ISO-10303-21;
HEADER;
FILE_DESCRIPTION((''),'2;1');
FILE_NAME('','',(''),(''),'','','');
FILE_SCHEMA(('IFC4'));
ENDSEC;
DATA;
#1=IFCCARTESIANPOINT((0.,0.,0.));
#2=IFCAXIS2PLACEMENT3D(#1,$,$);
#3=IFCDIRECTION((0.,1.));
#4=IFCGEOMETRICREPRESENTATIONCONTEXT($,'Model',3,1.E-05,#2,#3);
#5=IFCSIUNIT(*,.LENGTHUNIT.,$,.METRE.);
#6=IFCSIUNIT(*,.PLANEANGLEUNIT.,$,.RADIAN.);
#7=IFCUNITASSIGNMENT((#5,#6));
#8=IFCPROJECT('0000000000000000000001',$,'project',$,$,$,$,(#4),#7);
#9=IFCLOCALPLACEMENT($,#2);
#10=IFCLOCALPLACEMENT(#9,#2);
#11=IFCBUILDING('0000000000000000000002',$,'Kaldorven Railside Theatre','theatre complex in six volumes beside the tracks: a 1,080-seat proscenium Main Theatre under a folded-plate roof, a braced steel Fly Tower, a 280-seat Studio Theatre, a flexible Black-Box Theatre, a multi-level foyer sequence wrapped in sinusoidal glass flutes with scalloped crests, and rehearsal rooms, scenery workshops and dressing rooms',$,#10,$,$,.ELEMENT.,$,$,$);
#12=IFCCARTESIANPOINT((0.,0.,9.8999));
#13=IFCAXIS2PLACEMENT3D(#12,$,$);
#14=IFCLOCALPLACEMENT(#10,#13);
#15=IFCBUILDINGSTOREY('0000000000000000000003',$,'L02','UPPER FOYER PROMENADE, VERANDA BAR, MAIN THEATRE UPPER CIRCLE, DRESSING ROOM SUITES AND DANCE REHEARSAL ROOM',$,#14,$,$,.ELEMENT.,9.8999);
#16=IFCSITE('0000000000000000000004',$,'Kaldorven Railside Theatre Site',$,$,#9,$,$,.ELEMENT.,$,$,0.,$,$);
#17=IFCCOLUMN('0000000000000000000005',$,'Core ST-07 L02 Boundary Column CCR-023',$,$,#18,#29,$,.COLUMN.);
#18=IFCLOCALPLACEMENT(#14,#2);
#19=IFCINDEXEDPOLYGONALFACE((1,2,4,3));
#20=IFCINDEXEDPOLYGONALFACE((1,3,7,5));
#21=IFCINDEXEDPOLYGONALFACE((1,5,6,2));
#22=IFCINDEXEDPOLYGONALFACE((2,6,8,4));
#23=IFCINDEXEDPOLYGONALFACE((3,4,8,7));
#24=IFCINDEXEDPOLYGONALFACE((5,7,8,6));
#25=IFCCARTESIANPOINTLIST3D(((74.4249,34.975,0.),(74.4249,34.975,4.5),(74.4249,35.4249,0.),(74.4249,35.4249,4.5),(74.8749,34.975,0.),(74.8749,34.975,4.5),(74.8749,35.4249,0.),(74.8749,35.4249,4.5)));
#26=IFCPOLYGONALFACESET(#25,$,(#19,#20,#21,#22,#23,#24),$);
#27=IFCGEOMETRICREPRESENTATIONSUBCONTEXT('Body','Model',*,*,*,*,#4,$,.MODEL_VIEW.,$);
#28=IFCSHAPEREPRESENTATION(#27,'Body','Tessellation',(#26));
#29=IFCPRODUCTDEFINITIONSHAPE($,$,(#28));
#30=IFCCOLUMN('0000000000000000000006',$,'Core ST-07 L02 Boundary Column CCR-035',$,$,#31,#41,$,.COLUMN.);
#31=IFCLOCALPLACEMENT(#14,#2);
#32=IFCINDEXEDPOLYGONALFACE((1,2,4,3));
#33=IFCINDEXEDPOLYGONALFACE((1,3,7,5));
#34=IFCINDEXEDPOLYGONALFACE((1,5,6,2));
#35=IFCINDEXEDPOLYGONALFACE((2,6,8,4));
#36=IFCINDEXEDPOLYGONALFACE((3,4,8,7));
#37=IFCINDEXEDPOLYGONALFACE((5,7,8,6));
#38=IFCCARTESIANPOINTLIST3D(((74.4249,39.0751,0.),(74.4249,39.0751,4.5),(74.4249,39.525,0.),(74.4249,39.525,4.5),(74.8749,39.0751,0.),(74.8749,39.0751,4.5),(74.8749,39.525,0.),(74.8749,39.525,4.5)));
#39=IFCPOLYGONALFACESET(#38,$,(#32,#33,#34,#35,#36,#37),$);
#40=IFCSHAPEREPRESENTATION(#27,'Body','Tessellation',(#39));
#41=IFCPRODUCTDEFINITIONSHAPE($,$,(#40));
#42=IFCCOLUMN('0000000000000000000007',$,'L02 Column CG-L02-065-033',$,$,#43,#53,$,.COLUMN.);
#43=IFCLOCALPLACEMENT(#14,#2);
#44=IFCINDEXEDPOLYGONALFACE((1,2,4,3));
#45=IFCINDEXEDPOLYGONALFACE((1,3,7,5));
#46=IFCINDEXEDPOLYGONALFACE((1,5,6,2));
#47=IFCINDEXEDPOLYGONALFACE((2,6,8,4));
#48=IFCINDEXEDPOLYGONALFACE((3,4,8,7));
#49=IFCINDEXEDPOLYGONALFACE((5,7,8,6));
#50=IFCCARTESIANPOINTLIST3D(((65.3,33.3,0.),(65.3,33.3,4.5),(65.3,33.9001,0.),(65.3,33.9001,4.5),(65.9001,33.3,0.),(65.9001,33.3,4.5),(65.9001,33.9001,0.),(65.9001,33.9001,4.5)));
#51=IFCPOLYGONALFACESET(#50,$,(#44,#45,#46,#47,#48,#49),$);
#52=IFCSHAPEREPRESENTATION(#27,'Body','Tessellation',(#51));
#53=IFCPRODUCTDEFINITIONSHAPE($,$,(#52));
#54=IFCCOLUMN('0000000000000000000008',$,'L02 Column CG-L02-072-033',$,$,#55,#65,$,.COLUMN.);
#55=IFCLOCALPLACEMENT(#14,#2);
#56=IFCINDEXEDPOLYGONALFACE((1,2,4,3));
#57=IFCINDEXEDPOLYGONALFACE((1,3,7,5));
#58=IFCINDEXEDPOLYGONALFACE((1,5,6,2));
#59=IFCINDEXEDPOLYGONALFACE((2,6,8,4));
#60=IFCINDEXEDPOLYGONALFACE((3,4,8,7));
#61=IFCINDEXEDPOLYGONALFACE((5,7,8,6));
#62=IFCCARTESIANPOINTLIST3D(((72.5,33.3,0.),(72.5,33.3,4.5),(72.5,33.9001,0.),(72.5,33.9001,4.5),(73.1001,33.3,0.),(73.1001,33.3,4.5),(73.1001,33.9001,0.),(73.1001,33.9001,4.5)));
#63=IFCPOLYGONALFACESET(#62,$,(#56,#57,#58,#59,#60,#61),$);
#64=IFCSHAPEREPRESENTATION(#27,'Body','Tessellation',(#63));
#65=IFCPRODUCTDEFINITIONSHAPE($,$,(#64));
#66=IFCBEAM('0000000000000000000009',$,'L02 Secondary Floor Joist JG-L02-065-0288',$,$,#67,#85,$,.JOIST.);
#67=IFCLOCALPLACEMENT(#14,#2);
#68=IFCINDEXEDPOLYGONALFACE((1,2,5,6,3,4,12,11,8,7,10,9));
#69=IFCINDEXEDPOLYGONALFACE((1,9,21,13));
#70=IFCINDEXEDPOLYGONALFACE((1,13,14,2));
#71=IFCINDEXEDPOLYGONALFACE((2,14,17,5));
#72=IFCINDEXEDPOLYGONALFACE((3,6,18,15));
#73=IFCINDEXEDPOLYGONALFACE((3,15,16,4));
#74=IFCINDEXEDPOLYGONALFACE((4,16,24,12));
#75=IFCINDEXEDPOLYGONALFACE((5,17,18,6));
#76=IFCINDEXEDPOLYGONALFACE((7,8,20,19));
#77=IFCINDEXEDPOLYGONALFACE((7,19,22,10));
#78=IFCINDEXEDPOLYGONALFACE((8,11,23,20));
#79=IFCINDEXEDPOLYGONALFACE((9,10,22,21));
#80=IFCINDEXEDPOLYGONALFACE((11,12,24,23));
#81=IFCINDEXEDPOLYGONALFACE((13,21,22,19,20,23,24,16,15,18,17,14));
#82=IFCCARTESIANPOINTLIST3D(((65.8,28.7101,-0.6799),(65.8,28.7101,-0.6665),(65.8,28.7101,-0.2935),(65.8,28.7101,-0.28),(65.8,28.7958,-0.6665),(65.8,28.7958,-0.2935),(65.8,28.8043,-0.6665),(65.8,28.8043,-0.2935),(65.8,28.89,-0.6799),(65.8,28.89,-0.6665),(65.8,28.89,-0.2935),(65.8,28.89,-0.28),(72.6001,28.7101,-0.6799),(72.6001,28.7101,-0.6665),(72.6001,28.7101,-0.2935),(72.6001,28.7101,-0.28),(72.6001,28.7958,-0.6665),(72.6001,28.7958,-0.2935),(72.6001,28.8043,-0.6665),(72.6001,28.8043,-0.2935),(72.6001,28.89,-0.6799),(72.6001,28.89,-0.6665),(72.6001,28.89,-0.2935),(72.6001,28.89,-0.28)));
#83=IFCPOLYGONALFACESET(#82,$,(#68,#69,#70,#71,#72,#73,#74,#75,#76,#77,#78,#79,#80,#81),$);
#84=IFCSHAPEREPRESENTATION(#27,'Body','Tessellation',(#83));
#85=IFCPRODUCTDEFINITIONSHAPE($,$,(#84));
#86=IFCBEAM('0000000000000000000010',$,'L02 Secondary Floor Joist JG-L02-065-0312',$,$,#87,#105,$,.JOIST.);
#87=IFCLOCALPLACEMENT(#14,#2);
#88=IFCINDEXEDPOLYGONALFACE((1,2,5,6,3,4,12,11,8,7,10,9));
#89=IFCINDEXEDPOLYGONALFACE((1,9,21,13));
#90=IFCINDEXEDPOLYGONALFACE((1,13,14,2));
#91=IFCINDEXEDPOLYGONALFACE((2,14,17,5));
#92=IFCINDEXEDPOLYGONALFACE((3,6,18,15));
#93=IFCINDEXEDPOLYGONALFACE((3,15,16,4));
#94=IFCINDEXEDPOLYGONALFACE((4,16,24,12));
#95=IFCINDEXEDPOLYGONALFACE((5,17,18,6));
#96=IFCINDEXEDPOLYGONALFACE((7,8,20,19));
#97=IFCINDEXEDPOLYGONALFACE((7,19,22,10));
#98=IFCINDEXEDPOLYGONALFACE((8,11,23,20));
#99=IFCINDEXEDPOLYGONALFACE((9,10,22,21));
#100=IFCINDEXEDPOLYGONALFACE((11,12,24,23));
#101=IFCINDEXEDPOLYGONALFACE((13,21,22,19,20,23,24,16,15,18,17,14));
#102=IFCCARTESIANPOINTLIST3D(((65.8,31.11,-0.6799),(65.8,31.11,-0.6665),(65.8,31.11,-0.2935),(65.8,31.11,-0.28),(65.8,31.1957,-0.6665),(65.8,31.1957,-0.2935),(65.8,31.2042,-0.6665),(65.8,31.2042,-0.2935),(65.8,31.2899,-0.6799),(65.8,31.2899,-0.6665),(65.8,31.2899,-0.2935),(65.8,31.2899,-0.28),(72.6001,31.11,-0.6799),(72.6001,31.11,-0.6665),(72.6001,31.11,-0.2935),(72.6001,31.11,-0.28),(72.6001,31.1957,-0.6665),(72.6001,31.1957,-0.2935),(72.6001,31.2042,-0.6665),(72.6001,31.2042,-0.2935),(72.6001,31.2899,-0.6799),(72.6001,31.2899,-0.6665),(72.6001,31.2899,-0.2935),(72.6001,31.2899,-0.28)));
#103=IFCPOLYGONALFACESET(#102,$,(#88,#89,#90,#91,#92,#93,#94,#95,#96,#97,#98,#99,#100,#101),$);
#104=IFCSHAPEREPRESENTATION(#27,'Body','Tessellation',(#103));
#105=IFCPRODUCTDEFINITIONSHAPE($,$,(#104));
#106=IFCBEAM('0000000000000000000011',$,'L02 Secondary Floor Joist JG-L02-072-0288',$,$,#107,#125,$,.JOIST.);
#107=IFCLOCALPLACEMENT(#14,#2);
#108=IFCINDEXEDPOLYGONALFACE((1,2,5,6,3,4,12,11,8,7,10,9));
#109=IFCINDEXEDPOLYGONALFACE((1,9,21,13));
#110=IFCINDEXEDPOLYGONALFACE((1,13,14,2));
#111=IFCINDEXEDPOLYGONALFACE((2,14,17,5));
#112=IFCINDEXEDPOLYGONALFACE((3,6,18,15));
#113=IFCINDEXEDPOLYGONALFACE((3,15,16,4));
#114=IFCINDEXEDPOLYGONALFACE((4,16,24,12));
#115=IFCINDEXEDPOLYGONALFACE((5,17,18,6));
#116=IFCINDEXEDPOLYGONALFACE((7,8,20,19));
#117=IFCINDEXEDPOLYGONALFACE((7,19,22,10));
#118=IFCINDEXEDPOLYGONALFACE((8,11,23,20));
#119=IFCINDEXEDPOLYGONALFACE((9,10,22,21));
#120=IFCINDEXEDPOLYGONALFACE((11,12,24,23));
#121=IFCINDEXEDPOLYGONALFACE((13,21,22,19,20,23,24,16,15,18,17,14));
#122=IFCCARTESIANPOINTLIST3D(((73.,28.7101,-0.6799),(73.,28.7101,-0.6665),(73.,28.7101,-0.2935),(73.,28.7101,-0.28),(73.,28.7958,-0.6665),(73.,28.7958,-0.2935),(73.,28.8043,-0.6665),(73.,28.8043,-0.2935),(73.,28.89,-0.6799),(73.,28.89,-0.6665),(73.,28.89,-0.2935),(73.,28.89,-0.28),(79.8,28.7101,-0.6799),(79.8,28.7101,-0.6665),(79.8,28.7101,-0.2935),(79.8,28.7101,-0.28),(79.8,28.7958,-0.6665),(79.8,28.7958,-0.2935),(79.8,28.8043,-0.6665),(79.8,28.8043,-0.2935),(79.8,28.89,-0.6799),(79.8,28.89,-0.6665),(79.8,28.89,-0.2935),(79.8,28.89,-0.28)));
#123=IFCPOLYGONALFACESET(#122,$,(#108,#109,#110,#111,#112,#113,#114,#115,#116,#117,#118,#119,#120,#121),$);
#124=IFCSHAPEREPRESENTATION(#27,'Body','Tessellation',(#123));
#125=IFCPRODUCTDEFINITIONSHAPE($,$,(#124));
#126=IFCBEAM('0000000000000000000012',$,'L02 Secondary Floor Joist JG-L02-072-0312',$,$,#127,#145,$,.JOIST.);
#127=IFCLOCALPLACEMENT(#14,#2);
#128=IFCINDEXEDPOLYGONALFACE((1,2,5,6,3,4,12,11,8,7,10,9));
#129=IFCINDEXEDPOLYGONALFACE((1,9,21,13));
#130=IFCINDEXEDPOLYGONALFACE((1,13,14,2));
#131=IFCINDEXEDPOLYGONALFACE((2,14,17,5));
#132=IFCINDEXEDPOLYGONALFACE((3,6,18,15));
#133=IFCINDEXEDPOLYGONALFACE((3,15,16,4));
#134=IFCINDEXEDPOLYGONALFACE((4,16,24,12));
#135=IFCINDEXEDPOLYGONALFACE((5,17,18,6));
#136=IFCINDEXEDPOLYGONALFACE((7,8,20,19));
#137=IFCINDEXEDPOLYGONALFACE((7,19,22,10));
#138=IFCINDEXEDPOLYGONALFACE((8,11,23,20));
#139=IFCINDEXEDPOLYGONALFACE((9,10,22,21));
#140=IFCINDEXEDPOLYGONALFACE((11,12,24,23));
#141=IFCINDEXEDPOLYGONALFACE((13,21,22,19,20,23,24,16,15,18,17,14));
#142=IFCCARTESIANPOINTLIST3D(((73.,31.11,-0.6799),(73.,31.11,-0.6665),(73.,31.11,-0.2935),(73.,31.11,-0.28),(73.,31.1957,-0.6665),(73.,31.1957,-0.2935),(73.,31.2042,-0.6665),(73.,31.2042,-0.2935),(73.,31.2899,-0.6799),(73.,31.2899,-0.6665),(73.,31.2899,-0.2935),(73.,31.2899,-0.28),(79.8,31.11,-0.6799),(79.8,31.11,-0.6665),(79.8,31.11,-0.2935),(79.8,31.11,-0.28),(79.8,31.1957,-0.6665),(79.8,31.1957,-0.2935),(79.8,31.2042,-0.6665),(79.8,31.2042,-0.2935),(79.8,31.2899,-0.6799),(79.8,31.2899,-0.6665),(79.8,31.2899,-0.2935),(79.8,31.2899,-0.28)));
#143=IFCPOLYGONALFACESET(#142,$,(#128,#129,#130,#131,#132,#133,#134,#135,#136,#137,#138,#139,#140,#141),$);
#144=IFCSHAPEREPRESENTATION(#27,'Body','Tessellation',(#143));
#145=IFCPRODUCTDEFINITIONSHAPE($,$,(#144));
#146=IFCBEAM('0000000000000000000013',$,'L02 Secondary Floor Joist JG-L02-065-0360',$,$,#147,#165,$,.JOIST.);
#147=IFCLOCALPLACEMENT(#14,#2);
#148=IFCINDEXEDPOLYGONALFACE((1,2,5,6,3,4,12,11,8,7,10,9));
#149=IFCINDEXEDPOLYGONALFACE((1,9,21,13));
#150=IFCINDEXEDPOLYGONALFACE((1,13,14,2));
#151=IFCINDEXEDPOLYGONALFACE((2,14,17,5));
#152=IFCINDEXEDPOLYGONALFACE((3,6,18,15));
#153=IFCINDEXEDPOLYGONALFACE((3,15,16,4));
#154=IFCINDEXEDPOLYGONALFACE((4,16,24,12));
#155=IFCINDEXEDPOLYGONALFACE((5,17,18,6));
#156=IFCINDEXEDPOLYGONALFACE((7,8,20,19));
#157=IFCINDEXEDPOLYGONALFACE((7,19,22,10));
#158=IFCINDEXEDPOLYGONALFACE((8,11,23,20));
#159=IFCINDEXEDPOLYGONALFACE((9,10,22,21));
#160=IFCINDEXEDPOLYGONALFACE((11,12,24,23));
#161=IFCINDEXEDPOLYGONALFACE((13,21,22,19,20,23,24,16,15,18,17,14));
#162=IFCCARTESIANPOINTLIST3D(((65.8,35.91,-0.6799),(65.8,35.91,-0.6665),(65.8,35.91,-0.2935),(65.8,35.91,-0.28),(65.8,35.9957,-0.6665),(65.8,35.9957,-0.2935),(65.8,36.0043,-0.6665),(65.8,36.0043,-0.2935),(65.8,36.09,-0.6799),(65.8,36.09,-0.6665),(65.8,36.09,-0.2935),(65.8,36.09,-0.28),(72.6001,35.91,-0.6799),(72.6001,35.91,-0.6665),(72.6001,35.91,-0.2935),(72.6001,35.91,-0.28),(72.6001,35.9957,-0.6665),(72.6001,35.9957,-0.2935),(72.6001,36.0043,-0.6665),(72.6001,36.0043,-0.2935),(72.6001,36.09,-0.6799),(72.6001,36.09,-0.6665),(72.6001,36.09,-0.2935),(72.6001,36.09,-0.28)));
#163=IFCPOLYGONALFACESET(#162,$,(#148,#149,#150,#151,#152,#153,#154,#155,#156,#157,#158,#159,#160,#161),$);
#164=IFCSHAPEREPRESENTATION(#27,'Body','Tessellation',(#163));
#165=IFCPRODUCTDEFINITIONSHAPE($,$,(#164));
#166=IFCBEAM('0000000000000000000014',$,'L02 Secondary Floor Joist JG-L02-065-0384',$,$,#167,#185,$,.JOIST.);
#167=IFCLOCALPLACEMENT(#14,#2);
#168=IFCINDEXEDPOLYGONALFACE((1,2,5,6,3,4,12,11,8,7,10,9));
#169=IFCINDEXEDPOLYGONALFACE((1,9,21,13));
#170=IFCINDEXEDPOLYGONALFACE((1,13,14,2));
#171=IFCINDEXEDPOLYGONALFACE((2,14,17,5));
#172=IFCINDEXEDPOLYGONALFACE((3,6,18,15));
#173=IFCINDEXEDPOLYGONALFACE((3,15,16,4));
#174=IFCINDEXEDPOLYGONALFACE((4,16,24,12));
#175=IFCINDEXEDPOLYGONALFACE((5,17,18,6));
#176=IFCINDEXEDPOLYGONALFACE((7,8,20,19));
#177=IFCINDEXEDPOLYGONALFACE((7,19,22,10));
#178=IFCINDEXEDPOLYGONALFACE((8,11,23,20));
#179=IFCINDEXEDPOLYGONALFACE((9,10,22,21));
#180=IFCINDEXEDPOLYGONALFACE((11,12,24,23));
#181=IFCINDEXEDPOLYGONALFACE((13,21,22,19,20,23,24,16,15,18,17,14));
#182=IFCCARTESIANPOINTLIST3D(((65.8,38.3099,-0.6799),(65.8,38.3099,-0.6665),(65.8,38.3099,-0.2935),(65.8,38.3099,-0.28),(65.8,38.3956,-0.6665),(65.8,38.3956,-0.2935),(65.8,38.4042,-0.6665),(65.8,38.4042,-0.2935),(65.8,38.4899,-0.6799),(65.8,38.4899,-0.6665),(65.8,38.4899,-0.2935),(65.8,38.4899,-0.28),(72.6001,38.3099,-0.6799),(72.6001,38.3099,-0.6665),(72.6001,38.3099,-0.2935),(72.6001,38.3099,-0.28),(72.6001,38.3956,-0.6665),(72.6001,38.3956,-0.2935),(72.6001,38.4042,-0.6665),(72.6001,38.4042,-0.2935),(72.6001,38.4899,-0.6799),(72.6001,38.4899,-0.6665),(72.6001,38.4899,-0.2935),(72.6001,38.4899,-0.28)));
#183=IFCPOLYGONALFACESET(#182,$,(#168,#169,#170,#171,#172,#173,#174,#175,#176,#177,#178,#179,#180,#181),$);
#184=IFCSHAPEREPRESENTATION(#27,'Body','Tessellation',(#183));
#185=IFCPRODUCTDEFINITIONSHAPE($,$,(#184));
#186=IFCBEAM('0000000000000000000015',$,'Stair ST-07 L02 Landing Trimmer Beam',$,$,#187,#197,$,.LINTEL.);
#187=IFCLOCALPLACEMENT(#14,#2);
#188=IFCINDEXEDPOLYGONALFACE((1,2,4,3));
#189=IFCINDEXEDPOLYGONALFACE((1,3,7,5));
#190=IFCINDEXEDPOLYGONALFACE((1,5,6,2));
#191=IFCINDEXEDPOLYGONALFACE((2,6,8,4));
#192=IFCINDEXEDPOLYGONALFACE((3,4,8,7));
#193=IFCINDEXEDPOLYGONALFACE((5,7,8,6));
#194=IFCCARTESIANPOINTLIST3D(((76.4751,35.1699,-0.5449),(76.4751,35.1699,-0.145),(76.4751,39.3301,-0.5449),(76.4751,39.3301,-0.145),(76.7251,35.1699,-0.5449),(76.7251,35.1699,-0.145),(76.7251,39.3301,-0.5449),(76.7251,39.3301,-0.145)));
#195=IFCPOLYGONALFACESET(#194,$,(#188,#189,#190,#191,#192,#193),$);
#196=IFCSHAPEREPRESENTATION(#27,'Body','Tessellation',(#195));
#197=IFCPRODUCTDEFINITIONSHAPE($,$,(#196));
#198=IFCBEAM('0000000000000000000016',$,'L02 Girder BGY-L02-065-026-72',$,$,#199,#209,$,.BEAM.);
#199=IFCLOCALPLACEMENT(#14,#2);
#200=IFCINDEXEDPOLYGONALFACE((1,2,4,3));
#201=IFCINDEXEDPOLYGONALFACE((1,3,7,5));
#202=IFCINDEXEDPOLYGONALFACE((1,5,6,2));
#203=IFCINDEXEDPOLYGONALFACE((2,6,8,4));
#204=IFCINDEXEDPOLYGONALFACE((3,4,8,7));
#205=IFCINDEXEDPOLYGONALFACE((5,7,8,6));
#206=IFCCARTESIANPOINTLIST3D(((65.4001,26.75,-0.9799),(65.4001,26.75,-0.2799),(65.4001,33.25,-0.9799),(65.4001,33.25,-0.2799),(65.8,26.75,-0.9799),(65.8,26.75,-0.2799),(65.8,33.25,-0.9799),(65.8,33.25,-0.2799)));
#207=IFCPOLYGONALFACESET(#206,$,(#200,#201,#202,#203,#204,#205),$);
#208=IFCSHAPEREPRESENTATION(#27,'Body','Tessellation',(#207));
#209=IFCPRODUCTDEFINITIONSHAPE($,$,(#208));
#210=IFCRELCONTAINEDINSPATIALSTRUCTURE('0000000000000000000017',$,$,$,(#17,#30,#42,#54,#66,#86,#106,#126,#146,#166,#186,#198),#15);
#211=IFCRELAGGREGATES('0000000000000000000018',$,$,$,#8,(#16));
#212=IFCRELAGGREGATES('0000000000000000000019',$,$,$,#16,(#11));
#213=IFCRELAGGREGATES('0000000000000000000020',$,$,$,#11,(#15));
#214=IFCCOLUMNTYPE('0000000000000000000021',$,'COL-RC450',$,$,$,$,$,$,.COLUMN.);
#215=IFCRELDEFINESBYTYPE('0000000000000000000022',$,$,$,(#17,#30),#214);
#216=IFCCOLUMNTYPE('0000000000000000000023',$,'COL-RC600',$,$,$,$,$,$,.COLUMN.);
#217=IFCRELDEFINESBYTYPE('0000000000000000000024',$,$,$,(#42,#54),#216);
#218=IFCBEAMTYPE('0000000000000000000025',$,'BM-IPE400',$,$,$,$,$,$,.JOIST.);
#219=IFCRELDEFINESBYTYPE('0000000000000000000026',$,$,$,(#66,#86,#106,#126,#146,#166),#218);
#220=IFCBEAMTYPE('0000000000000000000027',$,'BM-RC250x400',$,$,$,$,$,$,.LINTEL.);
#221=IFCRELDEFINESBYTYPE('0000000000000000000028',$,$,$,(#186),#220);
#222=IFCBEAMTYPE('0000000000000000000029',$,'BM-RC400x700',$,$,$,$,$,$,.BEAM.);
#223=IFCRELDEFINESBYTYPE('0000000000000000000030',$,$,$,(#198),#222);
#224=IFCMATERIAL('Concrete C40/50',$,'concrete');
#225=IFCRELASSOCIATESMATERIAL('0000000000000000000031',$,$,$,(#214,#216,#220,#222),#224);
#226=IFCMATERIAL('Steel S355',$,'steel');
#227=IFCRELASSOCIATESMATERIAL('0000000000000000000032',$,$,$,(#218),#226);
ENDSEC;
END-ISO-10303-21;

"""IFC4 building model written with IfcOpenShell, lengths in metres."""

from ifc_helpers import new_model, si_unit, direction, frame, origin, origin_2d, place, context, subcontext, project, spatial, rectangle, i_section, extrude, material, material_profile, profile_set, type_object, element, save


model = new_model("IFC4")

# Units and contexts
model_context = context("Model", 3, precision=1e-05, world=origin(), true_north=direction((0.0, 1.0)))
body_context = subcontext(model_context, "Body", "Model", "MODEL_VIEW")
ifc_project = project(units=[si_unit("LENGTHUNIT", "METRE"), si_unit("PLANEANGLEUNIT", "RADIAN")], contexts=[model_context])

# Site, building, storey
site_placement = place(None, origin())
site = spatial("IfcSite", under=ifc_project, at=site_placement, Name="Kaldorven Railside Theatre Site", CompositionType="ELEMENT", RefElevation=0.0)
building_placement = place(site_placement, origin())
building = spatial("IfcBuilding", under=site, at=building_placement, Name="Kaldorven Railside Theatre", Description="theatre complex in six volumes beside the tracks: a 1,080-seat proscenium Main Theatre under a folded-plate roof, a braced steel Fly Tower, a 280-seat Studio Theatre, a flexible Black-Box Theatre, a multi-level foyer sequence wrapped in sinusoidal glass flutes with scalloped crests, and rehearsal rooms, scenery workshops and dressing rooms", CompositionType="ELEMENT")
storey_placement = place(building_placement, frame((0.0, 0.0, 9.8999)))
storey = spatial("IfcBuildingStorey", under=building, at=storey_placement, Name="L02", Description="UPPER FOYER PROMENADE, VERANDA BAR, MAIN THEATRE UPPER CIRCLE, DRESSING ROOM SUITES AND DANCE REHEARSAL ROOM", CompositionType="ELEMENT", Elevation=9.8999)

# Columns
ifc_material_1 = material(Name="Concrete C40/50", Category="concrete")
ifc_material_profile_1 = material_profile(ifc_material_1, rectangle(XDim=0.45, YDim=0.45, at=origin_2d()), Name="RC 450x450")
ifc_profile_set_1 = profile_set([ifc_material_profile_1], Name="Concrete C40/50")
column_type_1 = type_object("IfcColumnType", Name="COL-RC450", PredefinedType="COLUMN", material=ifc_profile_set_1)
for number, where, z_axis, x_axis, name in (
    (1, (74.6499, 35.2, 0.0), (0.0, 0.0, 1.0), (1.0, 0.0, 0.0), "Core ST-07 L02 Boundary Column CCR-023"),
    (2, (74.6499, 39.3, 0.0), (0.0, 0.0, 1.0), (1.0, 0.0, 0.0), "Core ST-07 L02 Boundary Column CCR-035"),
):
    element("IfcColumn", number, at=place(storey_placement, frame(where, z_axis=z_axis, x_axis=x_axis)), inside=storey, type_object=column_type_1, Name=name, PredefinedType="COLUMN", context=body_context, shape_type="SweptSolid", body=[
        extrude(rectangle(XDim=0.45, YDim=0.45, at=origin_2d()), origin(), (0.0, 0.0, 1.0), 4.5),
    ])
ifc_material_profile_2 = material_profile(ifc_material_1, rectangle(XDim=0.6001, YDim=0.6001, at=origin_2d()), Name="RC 600x600")
ifc_profile_set_2 = profile_set([ifc_material_profile_2], Name="Concrete C40/50")
column_type_2 = type_object("IfcColumnType", Name="COL-RC600", PredefinedType="COLUMN", material=ifc_profile_set_2)
for number, where, z_axis, x_axis, name in (
    (3, (65.6001, 33.6001, 0.0), (0.0, 0.0, 1.0), (0.0, 1.0, 0.0), "L02 Column CG-L02-065-033"),
    (4, (72.8, 33.6001, 0.0), (0.0, 0.0, 1.0), (1.0, 0.0, 0.0), "L02 Column CG-L02-072-033"),
):
    element("IfcColumn", number, at=place(storey_placement, frame(where, z_axis=z_axis, x_axis=x_axis)), inside=storey, type_object=column_type_2, Name=name, PredefinedType="COLUMN", context=body_context, shape_type="SweptSolid", body=[
        extrude(rectangle(XDim=0.6001, YDim=0.6001, at=origin_2d()), origin(), (0.0, 0.0, 1.0), 4.5),
    ])

# Beams
ifc_material_2 = material(Name="Steel S355", Category="steel")
ifc_material_profile_3 = material_profile(ifc_material_2, i_section(OverallWidth=0.1799, OverallDepth=0.3999, WebThickness=0.0085, FlangeThickness=0.0134, at=origin_2d()), Name="IPE 400")
ifc_profile_set_3 = profile_set([ifc_material_profile_3], Name="Steel S355")
beam_type_1 = type_object("IfcBeamType", Name="BM-IPE400", PredefinedType="JOIST", material=ifc_profile_set_3)
for number, where, z_axis, x_axis, name in (
    (5, (65.8, 28.8, -0.48), (1.0, 0.0, 0.0), (0.0, 1.0, 0.0), "L02 Secondary Floor Joist JG-L02-065-0288"),
    (6, (65.8, 31.2, -0.48), (1.0, 0.0, 0.0), (0.0, 1.0, 0.0), "L02 Secondary Floor Joist JG-L02-065-0312"),
    (7, (73.0, 28.8, -0.48), (1.0, 0.0, 0.0), (0.0, 1.0, 0.0), "L02 Secondary Floor Joist JG-L02-072-0288"),
    (8, (73.0, 31.2, -0.48), (1.0, 0.0, 0.0), (0.0, 1.0, 0.0), "L02 Secondary Floor Joist JG-L02-072-0312"),
    (9, (65.8, 36.0, -0.48), (1.0, 0.0, 0.0), (0.0, 1.0, 0.0), "L02 Secondary Floor Joist JG-L02-065-0360"),
    (10, (65.8, 38.3999, -0.48), (1.0, 0.0, 0.0), (0.0, 1.0, 0.0), "L02 Secondary Floor Joist JG-L02-065-0384"),
):
    element("IfcBeam", number, at=place(storey_placement, frame(where, z_axis=z_axis, x_axis=x_axis)), inside=storey, type_object=beam_type_1, Name=name, PredefinedType="JOIST", context=body_context, shape_type="SweptSolid", body=[
        extrude(i_section(OverallWidth=0.1799, OverallDepth=0.3999, WebThickness=0.0085, FlangeThickness=0.0134, at=origin_2d()), origin(), (0.0, 0.0, 1.0), 6.8),
    ])
ifc_material_profile_4 = material_profile(ifc_material_1, rectangle(XDim=0.25, YDim=0.3999, at=origin_2d()), Name="RC 250x400")
ifc_profile_set_4 = profile_set([ifc_material_profile_4], Name="Concrete C40/50")
beam_type_2 = type_object("IfcBeamType", Name="BM-RC250x400", PredefinedType="LINTEL", material=ifc_profile_set_4)
beam_placement = place(storey_placement, frame((76.6001, 35.1699, -0.345), z_axis=(0.0, 1.0, 0.0), x_axis=(-1.0, 0.0, 0.0)))
element("IfcBeam", 11, at=beam_placement, inside=storey, type_object=beam_type_2, Name="Stair ST-07 L02 Landing Trimmer Beam", PredefinedType="LINTEL", context=body_context, shape_type="SweptSolid", body=[
    extrude(rectangle(XDim=0.25, YDim=0.3999, at=origin_2d()), origin(), (0.0, 0.0, 1.0), 4.1602),
])
ifc_material_profile_5 = material_profile(ifc_material_1, rectangle(XDim=0.3999, YDim=0.7, at=origin_2d()), Name="RC 400x700")
ifc_profile_set_5 = profile_set([ifc_material_profile_5], Name="Concrete C40/50")
beam_type_3 = type_object("IfcBeamType", Name="BM-RC400x700", PredefinedType="BEAM", material=ifc_profile_set_5)
for number, where, z_axis, x_axis, name in (
    (12, (65.6001, 26.75, -0.6299), (0.0, 1.0, 0.0), (-1.0, 0.0, 0.0), "L02 Girder BGY-L02-065-026-72"),
):
    element("IfcBeam", number, at=place(storey_placement, frame(where, z_axis=z_axis, x_axis=x_axis)), inside=storey, type_object=beam_type_3, Name=name, PredefinedType="BEAM", context=body_context, shape_type="SweptSolid", body=[
        extrude(rectangle(XDim=0.3999, YDim=0.7, at=origin_2d()), origin(), (0.0, 0.0, 1.0), 6.5),
    ])

save(model, "model.ifc")
